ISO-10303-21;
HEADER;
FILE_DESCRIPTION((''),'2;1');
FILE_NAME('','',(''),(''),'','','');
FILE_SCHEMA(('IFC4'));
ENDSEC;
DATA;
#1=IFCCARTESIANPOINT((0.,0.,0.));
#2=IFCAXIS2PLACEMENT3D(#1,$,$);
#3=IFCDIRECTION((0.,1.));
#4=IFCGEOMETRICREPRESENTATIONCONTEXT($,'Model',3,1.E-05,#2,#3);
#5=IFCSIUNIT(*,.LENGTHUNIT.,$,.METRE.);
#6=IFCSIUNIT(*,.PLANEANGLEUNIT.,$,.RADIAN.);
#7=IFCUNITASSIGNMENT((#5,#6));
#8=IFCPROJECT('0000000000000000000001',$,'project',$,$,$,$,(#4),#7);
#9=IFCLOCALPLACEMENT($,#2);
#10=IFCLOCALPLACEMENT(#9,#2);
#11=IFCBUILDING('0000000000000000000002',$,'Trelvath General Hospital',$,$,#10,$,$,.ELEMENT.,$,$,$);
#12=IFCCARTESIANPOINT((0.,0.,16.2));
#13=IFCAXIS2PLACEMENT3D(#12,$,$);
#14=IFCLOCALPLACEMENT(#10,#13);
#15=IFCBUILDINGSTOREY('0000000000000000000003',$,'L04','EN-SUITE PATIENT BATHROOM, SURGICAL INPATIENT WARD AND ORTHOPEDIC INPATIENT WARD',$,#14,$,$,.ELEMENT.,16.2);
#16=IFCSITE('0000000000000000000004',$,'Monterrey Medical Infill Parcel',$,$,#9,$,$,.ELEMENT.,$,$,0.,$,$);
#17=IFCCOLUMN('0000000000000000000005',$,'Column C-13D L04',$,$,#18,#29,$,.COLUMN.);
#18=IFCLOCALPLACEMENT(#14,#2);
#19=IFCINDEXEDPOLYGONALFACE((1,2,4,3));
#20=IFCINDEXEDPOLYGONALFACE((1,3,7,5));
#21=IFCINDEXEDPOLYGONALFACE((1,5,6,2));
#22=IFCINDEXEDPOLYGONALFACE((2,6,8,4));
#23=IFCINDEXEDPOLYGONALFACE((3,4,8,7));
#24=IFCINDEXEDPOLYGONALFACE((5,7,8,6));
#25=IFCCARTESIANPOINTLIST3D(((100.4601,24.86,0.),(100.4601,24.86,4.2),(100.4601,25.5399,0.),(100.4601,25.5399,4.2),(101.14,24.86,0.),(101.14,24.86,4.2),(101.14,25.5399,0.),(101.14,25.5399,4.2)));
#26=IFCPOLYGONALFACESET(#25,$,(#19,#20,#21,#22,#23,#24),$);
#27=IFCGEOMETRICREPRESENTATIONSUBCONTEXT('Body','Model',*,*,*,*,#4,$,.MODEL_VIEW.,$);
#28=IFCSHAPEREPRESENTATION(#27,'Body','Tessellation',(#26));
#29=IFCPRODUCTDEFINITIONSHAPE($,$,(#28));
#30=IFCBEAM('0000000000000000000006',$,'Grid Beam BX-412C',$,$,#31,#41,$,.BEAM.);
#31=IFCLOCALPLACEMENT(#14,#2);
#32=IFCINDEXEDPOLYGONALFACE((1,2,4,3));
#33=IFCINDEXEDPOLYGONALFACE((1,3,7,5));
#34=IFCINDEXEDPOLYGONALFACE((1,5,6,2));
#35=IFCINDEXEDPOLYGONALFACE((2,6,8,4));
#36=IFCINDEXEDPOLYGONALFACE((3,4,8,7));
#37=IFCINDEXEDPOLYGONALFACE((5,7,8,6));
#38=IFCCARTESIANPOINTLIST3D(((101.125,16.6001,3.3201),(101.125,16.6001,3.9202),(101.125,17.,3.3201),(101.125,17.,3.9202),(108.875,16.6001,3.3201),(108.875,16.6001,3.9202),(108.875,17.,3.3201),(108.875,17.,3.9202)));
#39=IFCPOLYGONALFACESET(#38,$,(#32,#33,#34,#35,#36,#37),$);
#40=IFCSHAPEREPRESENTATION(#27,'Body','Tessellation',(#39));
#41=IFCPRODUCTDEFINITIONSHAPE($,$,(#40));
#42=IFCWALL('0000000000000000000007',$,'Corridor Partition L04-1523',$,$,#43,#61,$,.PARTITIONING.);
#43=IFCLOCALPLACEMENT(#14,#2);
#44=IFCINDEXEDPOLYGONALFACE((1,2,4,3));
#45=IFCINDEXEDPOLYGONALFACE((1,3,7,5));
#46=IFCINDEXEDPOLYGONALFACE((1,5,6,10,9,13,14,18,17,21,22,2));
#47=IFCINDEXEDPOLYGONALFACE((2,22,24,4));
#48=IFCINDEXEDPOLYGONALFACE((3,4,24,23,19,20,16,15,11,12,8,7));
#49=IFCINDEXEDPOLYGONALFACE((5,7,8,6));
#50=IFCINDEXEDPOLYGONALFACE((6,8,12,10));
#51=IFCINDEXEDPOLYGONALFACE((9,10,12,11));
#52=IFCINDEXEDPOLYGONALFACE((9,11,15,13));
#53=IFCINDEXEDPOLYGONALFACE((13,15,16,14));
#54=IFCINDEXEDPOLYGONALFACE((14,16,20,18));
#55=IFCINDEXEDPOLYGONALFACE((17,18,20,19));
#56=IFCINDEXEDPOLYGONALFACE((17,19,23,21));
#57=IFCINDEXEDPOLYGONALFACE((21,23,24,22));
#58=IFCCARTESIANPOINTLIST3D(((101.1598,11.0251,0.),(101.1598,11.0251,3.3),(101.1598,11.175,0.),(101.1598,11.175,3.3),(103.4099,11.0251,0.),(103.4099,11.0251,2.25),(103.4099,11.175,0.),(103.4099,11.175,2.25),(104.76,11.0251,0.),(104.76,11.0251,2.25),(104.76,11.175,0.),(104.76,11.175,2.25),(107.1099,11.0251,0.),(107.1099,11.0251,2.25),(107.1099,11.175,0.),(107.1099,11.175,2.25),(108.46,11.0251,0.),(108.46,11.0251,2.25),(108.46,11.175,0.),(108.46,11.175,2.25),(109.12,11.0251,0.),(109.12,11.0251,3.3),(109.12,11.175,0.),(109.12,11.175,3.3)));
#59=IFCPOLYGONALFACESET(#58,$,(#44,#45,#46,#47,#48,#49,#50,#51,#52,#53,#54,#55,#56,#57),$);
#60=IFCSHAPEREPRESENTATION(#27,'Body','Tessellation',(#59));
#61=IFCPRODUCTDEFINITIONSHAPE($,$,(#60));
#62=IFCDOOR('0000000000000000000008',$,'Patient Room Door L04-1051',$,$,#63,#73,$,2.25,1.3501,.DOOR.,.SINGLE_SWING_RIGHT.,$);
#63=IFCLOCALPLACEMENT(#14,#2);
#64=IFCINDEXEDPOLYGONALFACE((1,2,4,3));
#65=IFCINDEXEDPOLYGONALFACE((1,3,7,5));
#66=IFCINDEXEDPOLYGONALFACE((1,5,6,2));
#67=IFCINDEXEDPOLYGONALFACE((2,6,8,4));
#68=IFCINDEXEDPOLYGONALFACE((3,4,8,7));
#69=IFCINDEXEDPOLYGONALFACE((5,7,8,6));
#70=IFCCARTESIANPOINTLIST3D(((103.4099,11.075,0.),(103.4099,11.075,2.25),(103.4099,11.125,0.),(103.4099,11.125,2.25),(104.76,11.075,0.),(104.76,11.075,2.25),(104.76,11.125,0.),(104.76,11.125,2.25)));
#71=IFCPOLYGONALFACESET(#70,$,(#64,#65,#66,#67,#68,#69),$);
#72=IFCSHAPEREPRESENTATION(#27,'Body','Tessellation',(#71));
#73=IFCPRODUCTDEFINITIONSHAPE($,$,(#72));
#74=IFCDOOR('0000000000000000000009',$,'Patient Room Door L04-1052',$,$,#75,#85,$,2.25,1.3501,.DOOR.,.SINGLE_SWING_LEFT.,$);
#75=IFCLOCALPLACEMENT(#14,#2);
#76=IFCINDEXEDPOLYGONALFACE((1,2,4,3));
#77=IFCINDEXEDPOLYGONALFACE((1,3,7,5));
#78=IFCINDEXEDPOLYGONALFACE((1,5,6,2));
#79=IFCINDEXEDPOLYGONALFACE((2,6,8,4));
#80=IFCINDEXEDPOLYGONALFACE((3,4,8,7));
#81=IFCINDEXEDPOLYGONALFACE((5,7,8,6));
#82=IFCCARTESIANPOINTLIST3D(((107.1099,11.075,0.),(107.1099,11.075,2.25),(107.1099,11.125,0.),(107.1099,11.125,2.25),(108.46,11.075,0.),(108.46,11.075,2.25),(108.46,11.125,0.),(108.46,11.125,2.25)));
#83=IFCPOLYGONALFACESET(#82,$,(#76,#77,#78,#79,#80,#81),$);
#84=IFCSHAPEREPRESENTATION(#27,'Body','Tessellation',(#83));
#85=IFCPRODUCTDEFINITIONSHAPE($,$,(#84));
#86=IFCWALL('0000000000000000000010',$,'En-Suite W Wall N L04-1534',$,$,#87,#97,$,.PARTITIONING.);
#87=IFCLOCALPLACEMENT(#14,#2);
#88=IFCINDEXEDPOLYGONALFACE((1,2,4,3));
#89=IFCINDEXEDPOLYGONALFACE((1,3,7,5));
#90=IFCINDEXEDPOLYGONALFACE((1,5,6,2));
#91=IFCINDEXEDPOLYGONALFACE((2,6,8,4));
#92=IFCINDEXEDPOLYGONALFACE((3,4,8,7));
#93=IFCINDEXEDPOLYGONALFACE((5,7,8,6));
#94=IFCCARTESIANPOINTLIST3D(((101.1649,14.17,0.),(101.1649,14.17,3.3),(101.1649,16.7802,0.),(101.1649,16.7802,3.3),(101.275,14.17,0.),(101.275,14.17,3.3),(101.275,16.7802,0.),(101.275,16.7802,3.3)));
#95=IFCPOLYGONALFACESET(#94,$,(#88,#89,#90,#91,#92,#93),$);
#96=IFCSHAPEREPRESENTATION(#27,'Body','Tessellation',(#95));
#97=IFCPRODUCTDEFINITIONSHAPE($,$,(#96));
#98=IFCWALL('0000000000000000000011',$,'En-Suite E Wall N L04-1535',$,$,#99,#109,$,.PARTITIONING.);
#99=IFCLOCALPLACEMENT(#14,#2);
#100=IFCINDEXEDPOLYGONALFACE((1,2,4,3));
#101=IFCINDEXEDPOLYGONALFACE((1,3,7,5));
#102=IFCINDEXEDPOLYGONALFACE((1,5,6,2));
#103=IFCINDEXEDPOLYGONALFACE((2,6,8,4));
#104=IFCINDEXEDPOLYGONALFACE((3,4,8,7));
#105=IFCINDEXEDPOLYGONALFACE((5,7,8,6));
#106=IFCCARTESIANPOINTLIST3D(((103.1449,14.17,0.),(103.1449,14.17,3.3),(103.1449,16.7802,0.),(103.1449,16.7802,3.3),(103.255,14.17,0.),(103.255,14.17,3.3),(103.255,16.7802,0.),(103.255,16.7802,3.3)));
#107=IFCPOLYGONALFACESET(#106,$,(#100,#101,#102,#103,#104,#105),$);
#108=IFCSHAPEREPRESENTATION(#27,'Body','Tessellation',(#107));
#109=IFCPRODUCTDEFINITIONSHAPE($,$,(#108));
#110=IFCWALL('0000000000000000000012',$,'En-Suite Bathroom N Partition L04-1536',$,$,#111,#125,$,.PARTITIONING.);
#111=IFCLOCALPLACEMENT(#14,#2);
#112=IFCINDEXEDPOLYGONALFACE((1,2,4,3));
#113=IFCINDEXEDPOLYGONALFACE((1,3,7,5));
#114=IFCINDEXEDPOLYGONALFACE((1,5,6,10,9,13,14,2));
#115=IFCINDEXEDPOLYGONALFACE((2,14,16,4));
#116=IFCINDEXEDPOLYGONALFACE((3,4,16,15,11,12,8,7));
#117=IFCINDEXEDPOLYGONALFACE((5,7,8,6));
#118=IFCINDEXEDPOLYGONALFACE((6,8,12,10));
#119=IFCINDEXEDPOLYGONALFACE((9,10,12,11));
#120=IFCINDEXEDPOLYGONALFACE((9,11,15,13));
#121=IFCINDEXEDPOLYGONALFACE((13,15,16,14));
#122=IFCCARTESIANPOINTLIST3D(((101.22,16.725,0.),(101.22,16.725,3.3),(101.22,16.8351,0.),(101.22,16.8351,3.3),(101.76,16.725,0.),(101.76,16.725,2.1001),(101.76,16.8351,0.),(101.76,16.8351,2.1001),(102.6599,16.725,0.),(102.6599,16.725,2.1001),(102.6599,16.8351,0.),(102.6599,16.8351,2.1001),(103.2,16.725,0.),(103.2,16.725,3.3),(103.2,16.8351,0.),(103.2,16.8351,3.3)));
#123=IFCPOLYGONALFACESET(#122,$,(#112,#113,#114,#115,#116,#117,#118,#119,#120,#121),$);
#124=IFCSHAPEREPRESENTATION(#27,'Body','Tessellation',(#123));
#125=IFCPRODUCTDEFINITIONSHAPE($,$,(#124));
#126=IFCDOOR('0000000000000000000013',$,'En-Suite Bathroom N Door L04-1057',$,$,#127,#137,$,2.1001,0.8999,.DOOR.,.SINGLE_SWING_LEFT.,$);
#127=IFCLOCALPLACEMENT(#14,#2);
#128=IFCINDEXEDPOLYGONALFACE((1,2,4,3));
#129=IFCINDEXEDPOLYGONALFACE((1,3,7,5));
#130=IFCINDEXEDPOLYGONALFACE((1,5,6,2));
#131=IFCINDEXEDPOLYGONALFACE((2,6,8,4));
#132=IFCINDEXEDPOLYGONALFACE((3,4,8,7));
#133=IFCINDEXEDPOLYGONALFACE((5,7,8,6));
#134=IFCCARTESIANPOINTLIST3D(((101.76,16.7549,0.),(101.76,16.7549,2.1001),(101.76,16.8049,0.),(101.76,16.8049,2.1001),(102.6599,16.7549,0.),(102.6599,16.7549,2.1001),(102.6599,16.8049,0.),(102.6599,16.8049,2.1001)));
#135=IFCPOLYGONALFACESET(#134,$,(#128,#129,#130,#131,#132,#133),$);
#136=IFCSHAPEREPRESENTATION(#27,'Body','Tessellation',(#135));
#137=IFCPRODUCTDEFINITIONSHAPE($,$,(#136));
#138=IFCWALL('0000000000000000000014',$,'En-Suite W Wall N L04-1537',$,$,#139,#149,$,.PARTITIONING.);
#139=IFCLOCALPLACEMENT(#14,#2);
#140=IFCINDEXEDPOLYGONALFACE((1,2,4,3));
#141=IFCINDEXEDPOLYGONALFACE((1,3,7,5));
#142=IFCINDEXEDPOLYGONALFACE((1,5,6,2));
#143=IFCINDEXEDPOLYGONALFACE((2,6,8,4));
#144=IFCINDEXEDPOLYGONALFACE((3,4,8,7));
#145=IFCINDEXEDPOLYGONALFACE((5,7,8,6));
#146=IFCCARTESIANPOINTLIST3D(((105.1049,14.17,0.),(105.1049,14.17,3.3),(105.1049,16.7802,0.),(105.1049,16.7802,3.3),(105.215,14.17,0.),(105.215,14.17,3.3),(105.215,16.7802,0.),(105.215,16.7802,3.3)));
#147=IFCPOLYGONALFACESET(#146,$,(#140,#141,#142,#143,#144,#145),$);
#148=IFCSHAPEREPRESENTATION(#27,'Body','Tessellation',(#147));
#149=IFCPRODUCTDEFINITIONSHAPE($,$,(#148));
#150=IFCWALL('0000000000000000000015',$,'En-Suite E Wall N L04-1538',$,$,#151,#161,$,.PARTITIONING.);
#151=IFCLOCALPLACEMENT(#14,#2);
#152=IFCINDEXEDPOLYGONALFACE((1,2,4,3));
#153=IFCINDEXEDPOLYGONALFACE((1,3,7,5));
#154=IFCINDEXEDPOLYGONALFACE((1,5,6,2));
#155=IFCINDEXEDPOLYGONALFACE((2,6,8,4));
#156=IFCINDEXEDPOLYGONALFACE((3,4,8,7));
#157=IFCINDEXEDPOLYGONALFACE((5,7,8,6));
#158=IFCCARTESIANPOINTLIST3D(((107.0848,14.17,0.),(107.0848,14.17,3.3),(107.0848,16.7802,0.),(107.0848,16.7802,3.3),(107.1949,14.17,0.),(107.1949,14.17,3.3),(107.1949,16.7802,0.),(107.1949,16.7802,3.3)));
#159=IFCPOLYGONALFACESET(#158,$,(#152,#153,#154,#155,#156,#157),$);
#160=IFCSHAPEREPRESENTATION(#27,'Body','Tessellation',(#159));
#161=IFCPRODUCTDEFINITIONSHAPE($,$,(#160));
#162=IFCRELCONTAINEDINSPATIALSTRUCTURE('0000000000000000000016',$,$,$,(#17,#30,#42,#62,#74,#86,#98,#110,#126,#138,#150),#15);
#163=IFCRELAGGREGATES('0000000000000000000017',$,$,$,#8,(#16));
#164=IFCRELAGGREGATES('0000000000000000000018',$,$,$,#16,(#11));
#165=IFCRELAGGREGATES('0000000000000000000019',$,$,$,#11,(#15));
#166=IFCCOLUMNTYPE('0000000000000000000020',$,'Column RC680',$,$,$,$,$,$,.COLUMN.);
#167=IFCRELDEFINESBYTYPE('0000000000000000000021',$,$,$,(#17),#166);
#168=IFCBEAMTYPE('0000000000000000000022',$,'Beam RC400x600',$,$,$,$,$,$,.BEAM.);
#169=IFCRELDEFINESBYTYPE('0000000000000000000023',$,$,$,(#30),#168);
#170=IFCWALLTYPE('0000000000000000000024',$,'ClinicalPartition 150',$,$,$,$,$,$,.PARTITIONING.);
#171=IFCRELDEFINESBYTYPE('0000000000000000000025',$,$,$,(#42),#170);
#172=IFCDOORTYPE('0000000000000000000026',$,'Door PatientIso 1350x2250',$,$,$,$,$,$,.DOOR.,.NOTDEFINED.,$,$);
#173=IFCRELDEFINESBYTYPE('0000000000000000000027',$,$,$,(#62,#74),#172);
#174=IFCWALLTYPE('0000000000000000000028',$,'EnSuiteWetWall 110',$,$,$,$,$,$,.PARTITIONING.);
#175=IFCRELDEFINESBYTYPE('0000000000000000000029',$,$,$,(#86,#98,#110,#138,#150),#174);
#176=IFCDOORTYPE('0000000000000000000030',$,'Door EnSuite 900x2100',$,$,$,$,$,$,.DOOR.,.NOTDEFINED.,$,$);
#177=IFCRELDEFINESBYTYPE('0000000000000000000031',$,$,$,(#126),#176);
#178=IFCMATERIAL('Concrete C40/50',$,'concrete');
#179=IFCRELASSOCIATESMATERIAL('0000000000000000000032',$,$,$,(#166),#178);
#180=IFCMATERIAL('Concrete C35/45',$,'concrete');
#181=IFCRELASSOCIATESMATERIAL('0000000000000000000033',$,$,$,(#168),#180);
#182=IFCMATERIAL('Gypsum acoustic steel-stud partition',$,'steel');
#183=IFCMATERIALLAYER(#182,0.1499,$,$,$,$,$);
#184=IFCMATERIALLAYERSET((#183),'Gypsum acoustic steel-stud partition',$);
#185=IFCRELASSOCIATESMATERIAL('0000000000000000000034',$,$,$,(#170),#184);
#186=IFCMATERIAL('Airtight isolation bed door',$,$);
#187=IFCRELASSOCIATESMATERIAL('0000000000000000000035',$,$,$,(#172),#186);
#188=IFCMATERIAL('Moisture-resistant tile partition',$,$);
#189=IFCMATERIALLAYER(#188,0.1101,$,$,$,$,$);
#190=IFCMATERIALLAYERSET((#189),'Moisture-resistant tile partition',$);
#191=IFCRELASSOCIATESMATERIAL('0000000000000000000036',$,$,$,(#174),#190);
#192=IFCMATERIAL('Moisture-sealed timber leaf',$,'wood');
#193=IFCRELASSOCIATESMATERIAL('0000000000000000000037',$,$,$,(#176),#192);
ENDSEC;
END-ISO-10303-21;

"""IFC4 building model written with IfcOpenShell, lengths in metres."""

from ifc_helpers import new_model, si_unit, direction, frame, frame_2d, origin, origin_2d, place, context, subcontext, project, spatial, rectangle, extrude, material, layer, layer_set, material_profile, profile_set, type_object, element, fill, save


model = new_model("IFC4")

# Units and contexts
model_context = context("Model", 3, precision=1e-05, world=origin(), true_north=direction((0.0, 1.0)))
body_context = subcontext(model_context, "Body", "Model", "MODEL_VIEW")
ifc_project = project(units=[si_unit("LENGTHUNIT", "METRE"), si_unit("PLANEANGLEUNIT", "RADIAN")], contexts=[model_context])

# Site, building, storey
site_placement = place(None, origin())
site = spatial("IfcSite", under=ifc_project, at=site_placement, Name="Monterrey Medical Infill Parcel", CompositionType="ELEMENT", RefElevation=0.0)
building_placement = place(site_placement, origin())
building = spatial("IfcBuilding", under=site, at=building_placement, Name="Trelvath General Hospital", CompositionType="ELEMENT")
storey_placement = place(building_placement, frame((0.0, 0.0, 16.2)))
storey = spatial("IfcBuildingStorey", under=building, at=storey_placement, Name="L04", Description="EN-SUITE PATIENT BATHROOM, SURGICAL INPATIENT WARD AND ORTHOPEDIC INPATIENT WARD", CompositionType="ELEMENT", Elevation=16.2)

# Column
ifc_material_1 = material(Name="Concrete C40/50", Category="concrete")
ifc_material_profile_1 = material_profile(ifc_material_1, rectangle(XDim=0.6799, YDim=0.6799, at=origin_2d()), Name="RC680x680")
ifc_profile_set_1 = profile_set([ifc_material_profile_1], Name="Concrete C40/50")
column_type = type_object("IfcColumnType", Name="Column RC680", PredefinedType="COLUMN", material=ifc_profile_set_1)
column_placement = place(storey_placement, frame((100.8, 25.2, 0.0), z_axis=(0.0, 0.0, 1.0), x_axis=(1.0, 0.0, 0.0)))
element("IfcColumn", 1, at=column_placement, inside=storey, type_object=column_type, Name="Column C-13D L04", PredefinedType="COLUMN", context=body_context, shape_type="SweptSolid", body=[
    extrude(rectangle(XDim=0.6799, YDim=0.6799, at=origin_2d()), origin(), (0.0, 0.0, 1.0), 4.2),
])

# Beam
ifc_material_2 = material(Name="Concrete C35/45", Category="concrete")
ifc_material_profile_2 = material_profile(ifc_material_2, rectangle(XDim=0.3999, YDim=0.6001, at=origin_2d()), Name="RCB400x600")
ifc_profile_set_2 = profile_set([ifc_material_profile_2], Name="Concrete C35/45")
beam_type = type_object("IfcBeamType", Name="Beam RC400x600", PredefinedType="BEAM", material=ifc_profile_set_2)
beam_placement = place(storey_placement, frame((101.125, 16.8, 3.6201), z_axis=(1.0, 0.0, 0.0), x_axis=(0.0, 1.0, 0.0)))
element("IfcBeam", 2, at=beam_placement, inside=storey, type_object=beam_type, Name="Grid Beam BX-412C", PredefinedType="BEAM", context=body_context, shape_type="SweptSolid", body=[
    extrude(rectangle(XDim=0.3999, YDim=0.6001, at=origin_2d()), origin(), (0.0, 0.0, 1.0), 7.75),
])

# Wall, openings, doors
ifc_material_3 = material(Name="Gypsum acoustic steel-stud partition", Category="steel")
ifc_layer_1 = layer(ifc_material_3, 0.1499)
ifc_layer_set_1 = layer_set([ifc_layer_1], Name="Gypsum acoustic steel-stud partition")
wall_type_1 = type_object("IfcWallType", Name="ClinicalPartition 150", PredefinedType="PARTITIONING", material=ifc_layer_set_1)
wall_1_placement = place(storey_placement, frame((101.1599, 11.1001, 0.0), z_axis=(0.0, 0.0, 1.0), x_axis=(1.0, 0.0, 0.0)))
wall_1 = element("IfcWall", 3, at=wall_1_placement, inside=storey, type_object=wall_type_1, Name="Corridor Partition L04-1523", PredefinedType="PARTITIONING", context=body_context, shape_type="SweptSolid", body=[
    extrude(rectangle(XDim=7.9602, YDim=0.1499, at=frame_2d((3.98, 0.0))), origin(), (0.0, 0.0, 1.0), 3.3),
])
opening_1_placement = place(wall_1_placement, frame((2.25, 0.0, 0.0)))
opening_1 = element("IfcOpeningElement", 4, at=opening_1_placement, cuts=wall_1, PredefinedType="OPENING", context=body_context, shape_type="SweptSolid", body=[
    extrude(rectangle(XDim=1.3501, YDim=2.25, at=frame_2d((0.675, 1.125))), frame((0.0, 0.085, 0.0), z_axis=(0.0, -1.0, 0.0), x_axis=(1.0, 0.0, 0.0)), (0.0, 0.0, 1.0), 0.1699),
])
opening_2_placement = place(wall_1_placement, frame((5.95, 0.0, 0.0)))
opening_2 = element("IfcOpeningElement", 5, at=opening_2_placement, cuts=wall_1, PredefinedType="OPENING", context=body_context, shape_type="SweptSolid", body=[
    extrude(rectangle(XDim=1.3501, YDim=2.25, at=frame_2d((0.675, 1.125))), frame((0.0, 0.085, 0.0), z_axis=(0.0, -1.0, 0.0), x_axis=(1.0, 0.0, 0.0)), (0.0, 0.0, 1.0), 0.1699),
])
ifc_material_4 = material(Name="Airtight isolation bed door")
door_type_1 = type_object("IfcDoorType", Name="Door PatientIso 1350x2250", OperationType="NOTDEFINED", PredefinedType="DOOR", material=ifc_material_4)
door_1_placement = place(opening_1_placement, origin())
door_1 = element("IfcDoor", 6, at=door_1_placement, inside=storey, type_object=door_type_1, Name="Patient Room Door L04-1051", OperationType="SINGLE_SWING_RIGHT", OverallHeight=2.25, OverallWidth=1.3501, PredefinedType="DOOR", context=body_context, shape_type="SweptSolid", body=[
    extrude(rectangle(XDim=1.3501, YDim=2.25, at=frame_2d((0.675, 1.125))), frame((0.0, 0.0249, 0.0), z_axis=(0.0, -1.0, 0.0), x_axis=(1.0, 0.0, 0.0)), (0.0, 0.0, 1.0), 0.05),
])
fill(opening_1, door_1)
door_2_placement = place(opening_2_placement, origin())
door_2 = element("IfcDoor", 7, at=door_2_placement, inside=storey, type_object=door_type_1, Name="Patient Room Door L04-1052", OperationType="SINGLE_SWING_LEFT", OverallHeight=2.25, OverallWidth=1.3501, PredefinedType="DOOR", context=body_context, shape_type="SweptSolid", body=[
    extrude(rectangle(XDim=1.3501, YDim=2.25, at=frame_2d((0.675, 1.125))), frame((0.0, 0.0249, 0.0), z_axis=(0.0, -1.0, 0.0), x_axis=(1.0, 0.0, 0.0)), (0.0, 0.0, 1.0), 0.05),
])
fill(opening_2, door_2)

# Walls
ifc_material_5 = material(Name="Moisture-resistant tile partition")
ifc_layer_2 = layer(ifc_material_5, 0.1101)
ifc_layer_set_2 = layer_set([ifc_layer_2], Name="Moisture-resistant tile partition")
wall_type_2 = type_object("IfcWallType", Name="EnSuiteWetWall 110", PredefinedType="PARTITIONING", material=ifc_layer_set_2)
for number, where, z_axis, x_axis, name in (
    (8, (101.22, 14.1699, 0.0), (0.0, 0.0, 1.0), (0.0, 1.0, 0.0), "En-Suite W Wall N L04-1534"),
    (9, (103.2, 14.1699, 0.0), (0.0, 0.0, 1.0), (0.0, 1.0, 0.0), "En-Suite E Wall N L04-1535"),
):
    element("IfcWall", number, at=place(storey_placement, frame(where, z_axis=z_axis, x_axis=x_axis)), inside=storey, type_object=wall_type_2, Name=name, PredefinedType="PARTITIONING", context=body_context, shape_type="SweptSolid", body=[
        extrude(rectangle(XDim=2.6101, YDim=0.1101, at=frame_2d((1.3052, 0.0))), origin(), (0.0, 0.0, 1.0), 3.3),
    ])

# Wall, opening, door
wall_2_placement = place(storey_placement, frame((101.22, 16.78, 0.0), z_axis=(0.0, 0.0, 1.0), x_axis=(1.0, 0.0, 0.0)))
wall_2 = element("IfcWall", 10, at=wall_2_placement, inside=storey, type_object=wall_type_2, Name="En-Suite Bathroom N Partition L04-1536", PredefinedType="PARTITIONING", context=body_context, shape_type="SweptSolid", body=[
    extrude(rectangle(XDim=1.98, YDim=0.1101, at=frame_2d((0.99, 0.0))), origin(), (0.0, 0.0, 1.0), 3.3),
])
opening_3_placement = place(wall_2_placement, frame((0.54, 0.0, 0.0)))
opening_3 = element("IfcOpeningElement", 11, at=opening_3_placement, cuts=wall_2, PredefinedType="OPENING", context=body_context, shape_type="SweptSolid", body=[
    extrude(rectangle(XDim=0.8999, YDim=2.1001, at=frame_2d((0.45, 1.05))), frame((0.0, 0.0649, 0.0), z_axis=(0.0, -1.0, 0.0), x_axis=(1.0, 0.0, 0.0)), (0.0, 0.0, 1.0), 0.1301),
])
ifc_material_6 = material(Name="Moisture-sealed timber leaf", Category="wood")
door_type_2 = type_object("IfcDoorType", Name="Door EnSuite 900x2100", OperationType="NOTDEFINED", PredefinedType="DOOR", material=ifc_material_6)
door_3_placement = place(opening_3_placement, origin())
door_3 = element("IfcDoor", 12, at=door_3_placement, inside=storey, type_object=door_type_2, Name="En-Suite Bathroom N Door L04-1057", OperationType="SINGLE_SWING_LEFT", OverallHeight=2.1001, OverallWidth=0.8999, PredefinedType="DOOR", context=body_context, shape_type="SweptSolid", body=[
    extrude(rectangle(XDim=0.8999, YDim=2.1001, at=frame_2d((0.45, 1.05))), frame((0.0, 0.0249, 0.0), z_axis=(0.0, -1.0, 0.0), x_axis=(1.0, 0.0, 0.0)), (0.0, 0.0, 1.0), 0.05),
])
fill(opening_3, door_3)

# Walls
for number, where, z_axis, x_axis, name in (
    (13, (105.1599, 14.1699, 0.0), (0.0, 0.0, 1.0), (0.0, 1.0, 0.0), "En-Suite W Wall N L04-1537"),
    (14, (107.1399, 14.1699, 0.0), (0.0, 0.0, 1.0), (0.0, 1.0, 0.0), "En-Suite E Wall N L04-1538"),
):
    element("IfcWall", number, at=place(storey_placement, frame(where, z_axis=z_axis, x_axis=x_axis)), inside=storey, type_object=wall_type_2, Name=name, PredefinedType="PARTITIONING", context=body_context, shape_type="SweptSolid", body=[
        extrude(rectangle(XDim=2.6101, YDim=0.1101, at=frame_2d((1.3052, 0.0))), origin(), (0.0, 0.0, 1.0), 3.3),
    ])

save(model, "model.ifc")
